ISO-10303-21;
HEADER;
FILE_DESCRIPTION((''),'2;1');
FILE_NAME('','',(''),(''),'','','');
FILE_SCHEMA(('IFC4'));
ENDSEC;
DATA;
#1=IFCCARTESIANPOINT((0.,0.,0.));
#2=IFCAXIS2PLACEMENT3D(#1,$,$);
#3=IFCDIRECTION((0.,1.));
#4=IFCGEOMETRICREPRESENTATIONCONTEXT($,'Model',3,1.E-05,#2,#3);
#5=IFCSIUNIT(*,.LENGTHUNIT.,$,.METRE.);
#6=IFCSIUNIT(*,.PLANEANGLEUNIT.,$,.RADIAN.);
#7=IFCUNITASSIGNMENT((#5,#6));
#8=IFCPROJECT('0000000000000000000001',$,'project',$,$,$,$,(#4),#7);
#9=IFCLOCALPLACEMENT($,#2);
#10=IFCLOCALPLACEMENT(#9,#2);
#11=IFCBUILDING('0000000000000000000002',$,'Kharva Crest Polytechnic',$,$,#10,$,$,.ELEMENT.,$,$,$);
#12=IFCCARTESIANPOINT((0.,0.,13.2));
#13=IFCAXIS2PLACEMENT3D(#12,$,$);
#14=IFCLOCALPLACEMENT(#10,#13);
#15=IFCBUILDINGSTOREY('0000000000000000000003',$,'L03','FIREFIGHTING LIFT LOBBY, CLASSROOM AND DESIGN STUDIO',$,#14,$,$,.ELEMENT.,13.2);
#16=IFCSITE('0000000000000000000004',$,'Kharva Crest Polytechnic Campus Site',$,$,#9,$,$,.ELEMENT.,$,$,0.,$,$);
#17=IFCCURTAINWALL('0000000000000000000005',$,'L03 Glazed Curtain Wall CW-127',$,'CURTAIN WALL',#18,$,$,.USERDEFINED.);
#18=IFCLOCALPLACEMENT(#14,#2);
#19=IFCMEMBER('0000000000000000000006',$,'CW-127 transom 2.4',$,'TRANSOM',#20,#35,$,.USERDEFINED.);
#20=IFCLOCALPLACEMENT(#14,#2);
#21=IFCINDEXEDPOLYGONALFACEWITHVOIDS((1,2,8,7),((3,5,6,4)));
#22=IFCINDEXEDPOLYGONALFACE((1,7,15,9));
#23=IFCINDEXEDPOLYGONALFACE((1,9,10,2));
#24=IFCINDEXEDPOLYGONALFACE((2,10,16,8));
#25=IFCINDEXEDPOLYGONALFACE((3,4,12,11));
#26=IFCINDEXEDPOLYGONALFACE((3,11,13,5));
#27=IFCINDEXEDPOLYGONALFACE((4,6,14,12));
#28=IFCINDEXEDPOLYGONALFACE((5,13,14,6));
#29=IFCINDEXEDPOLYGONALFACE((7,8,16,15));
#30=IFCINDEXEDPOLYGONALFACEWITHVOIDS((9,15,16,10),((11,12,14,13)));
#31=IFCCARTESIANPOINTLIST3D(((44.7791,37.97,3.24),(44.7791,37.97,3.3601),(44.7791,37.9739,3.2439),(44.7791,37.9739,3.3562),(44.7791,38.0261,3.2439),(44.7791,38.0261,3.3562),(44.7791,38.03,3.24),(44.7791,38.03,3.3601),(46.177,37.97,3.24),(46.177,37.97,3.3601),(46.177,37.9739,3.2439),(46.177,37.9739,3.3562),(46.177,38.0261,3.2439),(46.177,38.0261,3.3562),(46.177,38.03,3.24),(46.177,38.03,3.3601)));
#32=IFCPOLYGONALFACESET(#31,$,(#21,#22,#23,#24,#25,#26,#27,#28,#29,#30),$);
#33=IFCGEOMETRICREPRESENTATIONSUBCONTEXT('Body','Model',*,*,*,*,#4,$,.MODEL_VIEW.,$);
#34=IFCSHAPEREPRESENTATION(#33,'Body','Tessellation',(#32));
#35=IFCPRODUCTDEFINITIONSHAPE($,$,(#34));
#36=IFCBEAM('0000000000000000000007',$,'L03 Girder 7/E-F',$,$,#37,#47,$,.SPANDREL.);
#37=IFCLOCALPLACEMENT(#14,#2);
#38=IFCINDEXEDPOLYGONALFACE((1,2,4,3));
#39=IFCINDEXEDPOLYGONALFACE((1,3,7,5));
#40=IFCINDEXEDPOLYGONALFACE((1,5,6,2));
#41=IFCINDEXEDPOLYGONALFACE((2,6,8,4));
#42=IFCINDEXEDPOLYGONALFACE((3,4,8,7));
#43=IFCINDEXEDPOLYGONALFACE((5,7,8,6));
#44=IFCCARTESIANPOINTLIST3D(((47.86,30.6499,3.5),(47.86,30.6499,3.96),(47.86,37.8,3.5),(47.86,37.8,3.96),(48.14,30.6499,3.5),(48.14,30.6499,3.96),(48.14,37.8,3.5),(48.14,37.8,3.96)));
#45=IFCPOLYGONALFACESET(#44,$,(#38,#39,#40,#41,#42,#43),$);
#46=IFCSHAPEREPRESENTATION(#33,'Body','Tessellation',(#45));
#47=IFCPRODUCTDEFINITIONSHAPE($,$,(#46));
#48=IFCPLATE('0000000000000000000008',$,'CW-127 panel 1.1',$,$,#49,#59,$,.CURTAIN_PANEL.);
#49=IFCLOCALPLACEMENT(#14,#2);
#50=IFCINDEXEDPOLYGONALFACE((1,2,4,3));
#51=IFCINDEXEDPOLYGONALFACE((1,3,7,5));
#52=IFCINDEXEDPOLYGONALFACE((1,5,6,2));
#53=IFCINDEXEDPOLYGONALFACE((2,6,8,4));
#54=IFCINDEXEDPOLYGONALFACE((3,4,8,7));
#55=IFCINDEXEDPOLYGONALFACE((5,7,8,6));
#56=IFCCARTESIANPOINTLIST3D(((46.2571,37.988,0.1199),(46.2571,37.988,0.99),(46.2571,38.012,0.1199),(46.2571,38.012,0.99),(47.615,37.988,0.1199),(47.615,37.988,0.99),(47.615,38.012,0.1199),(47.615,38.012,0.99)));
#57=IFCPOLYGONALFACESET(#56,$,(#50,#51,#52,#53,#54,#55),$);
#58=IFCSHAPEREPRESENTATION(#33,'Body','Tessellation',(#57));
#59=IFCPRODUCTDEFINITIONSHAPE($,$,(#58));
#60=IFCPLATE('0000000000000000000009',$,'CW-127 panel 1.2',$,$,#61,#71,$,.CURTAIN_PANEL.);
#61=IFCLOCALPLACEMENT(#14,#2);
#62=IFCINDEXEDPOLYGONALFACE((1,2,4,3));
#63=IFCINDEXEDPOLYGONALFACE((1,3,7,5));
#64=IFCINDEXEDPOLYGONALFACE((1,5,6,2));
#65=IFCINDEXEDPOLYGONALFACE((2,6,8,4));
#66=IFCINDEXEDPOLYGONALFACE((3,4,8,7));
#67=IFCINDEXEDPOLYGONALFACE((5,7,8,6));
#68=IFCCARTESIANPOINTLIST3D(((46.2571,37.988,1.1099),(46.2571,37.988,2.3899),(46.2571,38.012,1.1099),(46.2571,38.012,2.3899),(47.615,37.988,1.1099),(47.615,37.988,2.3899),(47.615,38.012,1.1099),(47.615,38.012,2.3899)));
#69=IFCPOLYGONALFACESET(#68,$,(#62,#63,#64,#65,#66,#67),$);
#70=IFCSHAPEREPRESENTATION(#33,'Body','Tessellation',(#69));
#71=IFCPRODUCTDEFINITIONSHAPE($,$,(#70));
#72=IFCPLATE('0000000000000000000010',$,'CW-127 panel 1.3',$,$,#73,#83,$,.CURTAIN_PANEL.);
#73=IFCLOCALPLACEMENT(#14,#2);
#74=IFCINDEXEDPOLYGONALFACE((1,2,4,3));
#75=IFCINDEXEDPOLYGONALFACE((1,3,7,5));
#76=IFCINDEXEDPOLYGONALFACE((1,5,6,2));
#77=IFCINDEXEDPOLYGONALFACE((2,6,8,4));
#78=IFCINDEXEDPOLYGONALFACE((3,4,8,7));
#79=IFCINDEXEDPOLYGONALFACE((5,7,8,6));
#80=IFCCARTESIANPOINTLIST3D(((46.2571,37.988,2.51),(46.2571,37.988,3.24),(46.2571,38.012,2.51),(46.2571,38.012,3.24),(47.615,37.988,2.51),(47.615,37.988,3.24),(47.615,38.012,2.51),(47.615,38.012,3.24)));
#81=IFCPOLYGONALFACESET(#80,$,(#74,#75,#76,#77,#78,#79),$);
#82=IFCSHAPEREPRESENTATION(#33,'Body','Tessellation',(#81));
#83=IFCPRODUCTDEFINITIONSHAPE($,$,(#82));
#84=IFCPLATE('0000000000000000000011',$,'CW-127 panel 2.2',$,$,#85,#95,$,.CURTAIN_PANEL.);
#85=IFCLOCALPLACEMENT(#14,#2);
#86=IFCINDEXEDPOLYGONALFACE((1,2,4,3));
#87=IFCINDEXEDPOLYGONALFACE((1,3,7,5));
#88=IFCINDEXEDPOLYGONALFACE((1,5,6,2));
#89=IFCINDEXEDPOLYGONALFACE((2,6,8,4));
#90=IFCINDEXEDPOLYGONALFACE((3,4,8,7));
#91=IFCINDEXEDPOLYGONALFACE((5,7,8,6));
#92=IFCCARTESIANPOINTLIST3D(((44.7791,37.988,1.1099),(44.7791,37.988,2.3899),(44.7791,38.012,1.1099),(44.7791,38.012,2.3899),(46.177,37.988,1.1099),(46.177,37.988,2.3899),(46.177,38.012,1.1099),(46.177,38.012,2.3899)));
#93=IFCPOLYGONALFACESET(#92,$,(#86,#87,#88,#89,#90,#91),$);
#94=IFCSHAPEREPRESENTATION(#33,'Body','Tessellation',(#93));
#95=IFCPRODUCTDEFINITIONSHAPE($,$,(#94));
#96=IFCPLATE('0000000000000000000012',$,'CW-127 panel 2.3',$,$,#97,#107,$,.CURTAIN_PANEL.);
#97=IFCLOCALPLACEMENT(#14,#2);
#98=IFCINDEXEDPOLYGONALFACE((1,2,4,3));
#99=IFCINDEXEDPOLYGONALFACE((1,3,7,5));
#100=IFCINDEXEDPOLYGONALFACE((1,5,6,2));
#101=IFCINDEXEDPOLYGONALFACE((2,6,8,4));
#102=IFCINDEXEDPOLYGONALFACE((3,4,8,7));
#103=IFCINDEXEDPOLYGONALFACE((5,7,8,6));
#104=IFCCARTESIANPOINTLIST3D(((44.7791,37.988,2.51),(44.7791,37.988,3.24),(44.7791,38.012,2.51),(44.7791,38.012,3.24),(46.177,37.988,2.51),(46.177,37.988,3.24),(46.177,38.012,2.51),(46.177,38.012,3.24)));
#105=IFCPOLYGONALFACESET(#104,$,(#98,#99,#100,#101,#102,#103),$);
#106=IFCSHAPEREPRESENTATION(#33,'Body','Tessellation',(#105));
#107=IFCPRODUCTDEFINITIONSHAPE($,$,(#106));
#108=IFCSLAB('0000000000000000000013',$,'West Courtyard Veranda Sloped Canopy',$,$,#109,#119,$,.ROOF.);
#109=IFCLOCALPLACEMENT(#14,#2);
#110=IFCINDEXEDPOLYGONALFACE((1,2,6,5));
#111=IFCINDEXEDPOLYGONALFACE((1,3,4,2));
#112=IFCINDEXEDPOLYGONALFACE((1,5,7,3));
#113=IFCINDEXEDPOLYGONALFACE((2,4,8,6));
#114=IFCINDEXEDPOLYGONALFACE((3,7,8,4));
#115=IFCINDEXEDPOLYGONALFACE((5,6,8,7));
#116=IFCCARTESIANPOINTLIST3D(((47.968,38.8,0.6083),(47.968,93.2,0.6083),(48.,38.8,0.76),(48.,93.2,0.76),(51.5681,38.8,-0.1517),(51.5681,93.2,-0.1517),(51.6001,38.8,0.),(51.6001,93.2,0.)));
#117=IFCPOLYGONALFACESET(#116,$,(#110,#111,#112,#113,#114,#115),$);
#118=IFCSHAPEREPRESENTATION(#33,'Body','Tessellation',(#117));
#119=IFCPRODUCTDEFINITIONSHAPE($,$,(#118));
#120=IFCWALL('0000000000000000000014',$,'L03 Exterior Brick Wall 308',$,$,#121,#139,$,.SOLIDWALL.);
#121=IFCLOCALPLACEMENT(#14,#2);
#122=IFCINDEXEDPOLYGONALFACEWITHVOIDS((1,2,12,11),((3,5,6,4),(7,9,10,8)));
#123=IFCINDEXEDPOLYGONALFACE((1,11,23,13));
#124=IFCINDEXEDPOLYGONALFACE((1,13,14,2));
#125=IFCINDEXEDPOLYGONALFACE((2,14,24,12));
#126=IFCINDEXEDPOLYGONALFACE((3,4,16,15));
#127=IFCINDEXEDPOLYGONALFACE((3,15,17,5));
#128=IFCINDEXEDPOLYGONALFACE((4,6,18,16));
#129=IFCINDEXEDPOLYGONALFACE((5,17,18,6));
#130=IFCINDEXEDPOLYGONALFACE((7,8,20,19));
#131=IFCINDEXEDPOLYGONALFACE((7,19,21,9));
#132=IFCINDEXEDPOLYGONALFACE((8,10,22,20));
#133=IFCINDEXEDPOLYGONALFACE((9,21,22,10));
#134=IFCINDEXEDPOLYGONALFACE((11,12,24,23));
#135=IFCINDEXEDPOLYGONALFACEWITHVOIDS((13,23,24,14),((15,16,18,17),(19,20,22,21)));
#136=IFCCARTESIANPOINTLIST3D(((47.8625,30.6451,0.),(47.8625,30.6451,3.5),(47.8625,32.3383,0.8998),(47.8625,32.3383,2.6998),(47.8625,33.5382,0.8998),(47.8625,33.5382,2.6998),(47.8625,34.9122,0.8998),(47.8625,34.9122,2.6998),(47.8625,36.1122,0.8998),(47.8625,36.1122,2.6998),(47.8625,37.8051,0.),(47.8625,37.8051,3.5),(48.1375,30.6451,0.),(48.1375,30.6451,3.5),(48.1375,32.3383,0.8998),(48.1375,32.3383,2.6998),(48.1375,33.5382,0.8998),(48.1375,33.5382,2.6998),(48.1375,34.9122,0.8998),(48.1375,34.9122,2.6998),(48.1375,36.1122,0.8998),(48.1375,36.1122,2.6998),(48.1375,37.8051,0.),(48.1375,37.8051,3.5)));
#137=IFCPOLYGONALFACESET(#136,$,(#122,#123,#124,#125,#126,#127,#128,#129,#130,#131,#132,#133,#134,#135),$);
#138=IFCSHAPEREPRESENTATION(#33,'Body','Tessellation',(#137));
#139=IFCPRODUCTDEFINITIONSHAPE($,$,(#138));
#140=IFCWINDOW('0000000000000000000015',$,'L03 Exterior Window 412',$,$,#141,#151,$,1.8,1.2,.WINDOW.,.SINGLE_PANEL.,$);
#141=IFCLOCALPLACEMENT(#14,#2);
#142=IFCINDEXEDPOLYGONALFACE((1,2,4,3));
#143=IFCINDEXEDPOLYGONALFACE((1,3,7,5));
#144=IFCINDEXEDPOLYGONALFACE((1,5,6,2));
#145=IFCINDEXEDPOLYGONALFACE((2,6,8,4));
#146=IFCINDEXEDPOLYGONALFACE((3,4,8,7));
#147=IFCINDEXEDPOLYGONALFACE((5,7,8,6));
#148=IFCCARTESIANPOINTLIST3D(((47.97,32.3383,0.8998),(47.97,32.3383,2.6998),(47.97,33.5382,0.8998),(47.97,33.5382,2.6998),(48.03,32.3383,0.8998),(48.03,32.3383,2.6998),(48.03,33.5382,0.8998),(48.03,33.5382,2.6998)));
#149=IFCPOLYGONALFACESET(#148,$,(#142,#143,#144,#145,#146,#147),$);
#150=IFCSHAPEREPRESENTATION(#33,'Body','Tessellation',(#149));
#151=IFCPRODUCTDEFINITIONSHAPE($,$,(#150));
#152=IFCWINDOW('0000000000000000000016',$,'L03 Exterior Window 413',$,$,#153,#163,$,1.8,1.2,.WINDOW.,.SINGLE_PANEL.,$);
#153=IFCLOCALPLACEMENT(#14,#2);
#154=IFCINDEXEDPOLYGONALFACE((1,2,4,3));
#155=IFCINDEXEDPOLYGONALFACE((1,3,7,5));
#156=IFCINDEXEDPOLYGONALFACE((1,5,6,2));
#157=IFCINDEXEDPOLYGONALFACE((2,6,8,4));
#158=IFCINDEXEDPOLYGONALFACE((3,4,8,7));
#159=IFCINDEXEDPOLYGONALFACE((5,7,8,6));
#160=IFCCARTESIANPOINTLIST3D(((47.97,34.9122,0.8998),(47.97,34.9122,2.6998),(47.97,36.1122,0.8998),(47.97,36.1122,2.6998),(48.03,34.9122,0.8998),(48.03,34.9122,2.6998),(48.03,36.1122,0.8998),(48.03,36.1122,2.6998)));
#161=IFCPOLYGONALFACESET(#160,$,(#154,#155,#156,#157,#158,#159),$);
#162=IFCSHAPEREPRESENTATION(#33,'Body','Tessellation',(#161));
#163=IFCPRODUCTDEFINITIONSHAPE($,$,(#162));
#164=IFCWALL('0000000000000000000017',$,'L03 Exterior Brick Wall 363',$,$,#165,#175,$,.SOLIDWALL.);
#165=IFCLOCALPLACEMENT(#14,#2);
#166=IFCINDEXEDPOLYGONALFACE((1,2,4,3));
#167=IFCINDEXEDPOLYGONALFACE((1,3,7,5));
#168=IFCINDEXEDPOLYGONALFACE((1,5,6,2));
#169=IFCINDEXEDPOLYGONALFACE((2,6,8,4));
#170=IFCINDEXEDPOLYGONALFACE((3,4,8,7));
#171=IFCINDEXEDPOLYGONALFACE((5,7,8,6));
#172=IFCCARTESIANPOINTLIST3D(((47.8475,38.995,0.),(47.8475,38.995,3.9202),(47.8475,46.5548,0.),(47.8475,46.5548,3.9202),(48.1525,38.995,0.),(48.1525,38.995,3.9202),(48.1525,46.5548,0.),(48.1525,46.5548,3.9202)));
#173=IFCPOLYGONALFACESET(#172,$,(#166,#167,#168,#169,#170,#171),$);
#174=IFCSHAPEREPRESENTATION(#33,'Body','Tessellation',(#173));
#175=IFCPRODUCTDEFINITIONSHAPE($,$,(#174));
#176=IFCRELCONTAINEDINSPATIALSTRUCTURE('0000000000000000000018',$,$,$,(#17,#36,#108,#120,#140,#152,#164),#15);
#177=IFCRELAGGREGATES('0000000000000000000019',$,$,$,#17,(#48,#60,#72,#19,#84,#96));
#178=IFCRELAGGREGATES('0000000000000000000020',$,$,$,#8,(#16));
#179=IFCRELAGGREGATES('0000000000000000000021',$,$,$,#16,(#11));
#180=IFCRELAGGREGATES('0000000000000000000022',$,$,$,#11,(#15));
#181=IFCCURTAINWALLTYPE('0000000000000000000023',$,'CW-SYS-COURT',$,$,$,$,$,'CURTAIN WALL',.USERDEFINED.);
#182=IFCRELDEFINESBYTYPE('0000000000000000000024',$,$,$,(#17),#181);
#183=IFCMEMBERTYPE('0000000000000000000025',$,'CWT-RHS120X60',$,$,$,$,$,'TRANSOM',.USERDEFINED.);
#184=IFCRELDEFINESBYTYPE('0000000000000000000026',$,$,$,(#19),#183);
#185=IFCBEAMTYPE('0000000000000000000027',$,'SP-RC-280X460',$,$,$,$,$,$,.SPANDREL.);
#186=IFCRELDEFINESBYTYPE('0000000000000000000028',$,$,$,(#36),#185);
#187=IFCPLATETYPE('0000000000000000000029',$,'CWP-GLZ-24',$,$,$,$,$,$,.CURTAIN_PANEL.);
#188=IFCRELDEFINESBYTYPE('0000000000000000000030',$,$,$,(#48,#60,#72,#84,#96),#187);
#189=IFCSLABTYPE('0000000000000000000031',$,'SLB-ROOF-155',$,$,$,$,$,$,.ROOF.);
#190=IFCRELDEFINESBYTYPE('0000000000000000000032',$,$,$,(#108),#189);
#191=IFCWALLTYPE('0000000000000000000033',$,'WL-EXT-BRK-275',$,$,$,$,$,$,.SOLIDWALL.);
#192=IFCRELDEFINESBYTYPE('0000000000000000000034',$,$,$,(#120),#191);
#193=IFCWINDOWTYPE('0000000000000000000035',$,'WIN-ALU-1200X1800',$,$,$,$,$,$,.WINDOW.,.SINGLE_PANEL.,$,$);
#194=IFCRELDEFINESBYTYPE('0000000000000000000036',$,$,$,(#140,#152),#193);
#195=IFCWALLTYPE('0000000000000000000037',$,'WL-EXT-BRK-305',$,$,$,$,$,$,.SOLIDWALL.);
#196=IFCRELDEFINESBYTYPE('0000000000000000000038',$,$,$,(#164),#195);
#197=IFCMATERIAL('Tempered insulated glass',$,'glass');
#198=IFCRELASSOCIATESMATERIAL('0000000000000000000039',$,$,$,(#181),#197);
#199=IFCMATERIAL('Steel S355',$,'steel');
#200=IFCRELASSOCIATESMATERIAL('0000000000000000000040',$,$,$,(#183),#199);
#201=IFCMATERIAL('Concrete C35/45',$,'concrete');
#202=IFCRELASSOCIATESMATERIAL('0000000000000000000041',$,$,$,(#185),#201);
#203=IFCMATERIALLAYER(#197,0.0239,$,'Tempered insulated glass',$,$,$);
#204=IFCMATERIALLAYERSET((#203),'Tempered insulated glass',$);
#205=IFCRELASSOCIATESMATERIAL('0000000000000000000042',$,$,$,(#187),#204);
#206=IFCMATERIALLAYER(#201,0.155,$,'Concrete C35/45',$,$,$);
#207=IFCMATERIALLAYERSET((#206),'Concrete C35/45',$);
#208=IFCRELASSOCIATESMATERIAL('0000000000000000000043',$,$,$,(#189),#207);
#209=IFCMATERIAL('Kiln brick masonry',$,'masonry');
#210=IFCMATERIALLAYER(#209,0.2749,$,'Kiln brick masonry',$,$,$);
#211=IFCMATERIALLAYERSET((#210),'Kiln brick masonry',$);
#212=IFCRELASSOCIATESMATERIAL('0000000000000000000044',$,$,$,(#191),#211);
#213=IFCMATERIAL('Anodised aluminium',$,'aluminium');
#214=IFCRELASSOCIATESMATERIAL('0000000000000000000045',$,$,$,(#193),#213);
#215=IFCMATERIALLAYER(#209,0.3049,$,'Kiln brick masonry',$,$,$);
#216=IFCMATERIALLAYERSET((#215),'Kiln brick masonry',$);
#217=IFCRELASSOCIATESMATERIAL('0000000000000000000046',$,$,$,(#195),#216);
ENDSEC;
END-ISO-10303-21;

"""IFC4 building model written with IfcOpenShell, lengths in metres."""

from ifc_helpers import new_model, si_unit, direction, frame, frame_2d, origin, origin_2d, place, context, subcontext, project, spatial, polyline, rectangle, hollow_rectangle, outline, extrude, material, layer, layer_set, material_profile, profile_set, type_object, element, fill, aggregate, save


model = new_model("IFC4")

# Units and contexts
model_context = context("Model", 3, precision=1e-05, world=origin(), true_north=direction((0.0, 1.0)))
body_context = subcontext(model_context, "Body", "Model", "MODEL_VIEW")
ifc_project = project(units=[si_unit("LENGTHUNIT", "METRE"), si_unit("PLANEANGLEUNIT", "RADIAN")], contexts=[model_context])

# Site, building, storey
site_placement = place(None, origin())
site = spatial("IfcSite", under=ifc_project, at=site_placement, Name="Kharva Crest Polytechnic Campus Site", CompositionType="ELEMENT", RefElevation=0.0)
building_placement = place(site_placement, origin())
building = spatial("IfcBuilding", under=site, at=building_placement, Name="Kharva Crest Polytechnic", CompositionType="ELEMENT")
storey_placement = place(building_placement, frame((0.0, 0.0, 13.2)))
storey = spatial("IfcBuildingStorey", under=building, at=storey_placement, Name="L03", Description="FIREFIGHTING LIFT LOBBY, CLASSROOM AND DESIGN STUDIO", CompositionType="ELEMENT", Elevation=13.2)

# Curtain wall, member
ifc_material_1 = material(Name="Tempered insulated glass", Category="glass")
curtain_wall_type = type_object("IfcCurtainWallType", Name="CW-SYS-COURT", ElementType="CURTAIN WALL", PredefinedType="USERDEFINED", material=ifc_material_1)
curtain_wall_placement = place(storey_placement, origin())
curtain_wall = element("IfcCurtainWall", 1, at=curtain_wall_placement, inside=storey, type_object=curtain_wall_type, Name="L03 Glazed Curtain Wall CW-127", ObjectType="CURTAIN WALL", PredefinedType="USERDEFINED")
ifc_material_2 = material(Name="Steel S355", Category="steel")
ifc_material_profile_1 = material_profile(ifc_material_2, hollow_rectangle(XDim=0.0601, YDim=0.1201, WallThickness=0.0039, at=origin_2d()), Name="RHS 120X60X4.0")
ifc_profile_set_1 = profile_set([ifc_material_profile_1], Name="Steel S355")
member_type_1 = type_object("IfcMemberType", Name="CWT-RHS120X60", ElementType="TRANSOM", PredefinedType="USERDEFINED", material=ifc_profile_set_1)
member_1_placement = place(storey_placement, frame((46.177, 38.0, 3.3), z_axis=(-1.0, 0.0, 0.0), x_axis=(0.0, -1.0, 0.0)))
member_1 = element("IfcMember", 2, at=member_1_placement, type_object=member_type_1, Name="CW-127 transom 2.4", ObjectType="TRANSOM", PredefinedType="USERDEFINED", context=body_context, shape_type="SweptSolid", body=[
    extrude(hollow_rectangle(XDim=0.0601, YDim=0.1201, WallThickness=0.0039, at=origin_2d()), origin(), (0.0, 0.0, 1.0), 1.3979),
])

# Beam
ifc_material_3 = material(Name="Concrete C35/45", Category="concrete")
ifc_material_profile_2 = material_profile(ifc_material_3, rectangle(XDim=0.28, YDim=0.46, at=origin_2d()), Name="RECT 280 X 460")
ifc_profile_set_2 = profile_set([ifc_material_profile_2], Name="Concrete C35/45")
beam_type = type_object("IfcBeamType", Name="SP-RC-280X460", PredefinedType="SPANDREL", material=ifc_profile_set_2)
beam_placement = place(storey_placement, frame((48.0, 30.6499, 3.73), z_axis=(0.0, 1.0, 0.0), x_axis=(-1.0, 0.0, 0.0)))
element("IfcBeam", 3, at=beam_placement, inside=storey, type_object=beam_type, Name="L03 Girder 7/E-F", PredefinedType="SPANDREL", context=body_context, shape_type="SweptSolid", body=[
    extrude(rectangle(XDim=0.28, YDim=0.46, at=origin_2d()), origin(), (0.0, 0.0, 1.0), 7.1501),
])

# Plates
ifc_layer_1 = layer(ifc_material_1, 0.0239, Name="Tempered insulated glass")
ifc_layer_set_1 = layer_set([ifc_layer_1], Name="Tempered insulated glass")
plate_type = type_object("IfcPlateType", Name="CWP-GLZ-24", PredefinedType="CURTAIN_PANEL", material=ifc_layer_set_1)
plate_1_placement = place(storey_placement, frame((46.936, 38.0, 0.1199), z_axis=(0.0, 0.0, 1.0), x_axis=(-1.0, 0.0, 0.0)))
plate_1 = element("IfcPlate", 4, at=plate_1_placement, type_object=plate_type, Name="CW-127 panel 1.1", PredefinedType="CURTAIN_PANEL", context=body_context, shape_type="SweptSolid", body=[
    extrude(rectangle(XDim=1.3579, YDim=0.0239, at=origin_2d()), origin(), (0.0, 0.0, 1.0), 0.8701),
])
plate_2_placement = place(storey_placement, frame((46.936, 38.0, 1.1099), z_axis=(0.0, 0.0, 1.0), x_axis=(-1.0, 0.0, 0.0)))
plate_2 = element("IfcPlate", 5, at=plate_2_placement, type_object=plate_type, Name="CW-127 panel 1.2", PredefinedType="CURTAIN_PANEL", context=body_context, shape_type="SweptSolid", body=[
    extrude(rectangle(XDim=1.3579, YDim=0.0239, at=origin_2d()), origin(), (0.0, 0.0, 1.0), 1.28),
])
plate_3_placement = place(storey_placement, frame((46.936, 38.0, 2.51), z_axis=(0.0, 0.0, 1.0), x_axis=(-1.0, 0.0, 0.0)))
plate_3 = element("IfcPlate", 6, at=plate_3_placement, type_object=plate_type, Name="CW-127 panel 1.3", PredefinedType="CURTAIN_PANEL", context=body_context, shape_type="SweptSolid", body=[
    extrude(rectangle(XDim=1.3579, YDim=0.0239, at=origin_2d()), origin(), (0.0, 0.0, 1.0), 0.73),
])
plate_4_placement = place(storey_placement, frame((45.478, 38.0, 1.1099), z_axis=(0.0, 0.0, 1.0), x_axis=(-1.0, 0.0, 0.0)))
plate_4 = element("IfcPlate", 7, at=plate_4_placement, type_object=plate_type, Name="CW-127 panel 2.2", PredefinedType="CURTAIN_PANEL", context=body_context, shape_type="SweptSolid", body=[
    extrude(rectangle(XDim=1.3979, YDim=0.0239, at=origin_2d()), origin(), (0.0, 0.0, 1.0), 1.28),
])
plate_5_placement = place(storey_placement, frame((45.478, 38.0, 2.51), z_axis=(0.0, 0.0, 1.0), x_axis=(-1.0, 0.0, 0.0)))
plate_5 = element("IfcPlate", 8, at=plate_5_placement, type_object=plate_type, Name="CW-127 panel 2.3", PredefinedType="CURTAIN_PANEL", context=body_context, shape_type="SweptSolid", body=[
    extrude(rectangle(XDim=1.3979, YDim=0.0239, at=origin_2d()), origin(), (0.0, 0.0, 1.0), 0.73),
])
aggregate(curtain_wall, [plate_1, plate_2, plate_3, member_1, plate_4, plate_5])

# Slab
ifc_layer_2 = layer(ifc_material_3, 0.155, Name="Concrete C35/45")
ifc_layer_set_2 = layer_set([ifc_layer_2], Name="Concrete C35/45")
slab_type = type_object("IfcSlabType", Name="SLB-ROOF-155", PredefinedType="ROOF", material=ifc_layer_set_2)
slab_placement = place(storey_placement, frame((48.0, 38.8, 0.76), z_axis=(0.206556, 0.0, 0.978435), x_axis=(0.978435, 0.0, -0.206556)))
element("IfcSlab", 9, at=slab_placement, inside=storey, type_object=slab_type, Name="West Courtyard Veranda Sloped Canopy", PredefinedType="ROOF", context=body_context, shape_type="SweptSolid", body=[
    extrude(outline(polyline([(0.0, 0.0), (3.6794, 0.0), (3.6794, 54.3999), (0.0, 54.3999), (0.0, 0.0)])), origin(), (0.0, 0.0, -1.0), 0.155),
])

# Wall, openings, windows
ifc_material_4 = material(Name="Kiln brick masonry", Category="masonry")
ifc_layer_3 = layer(ifc_material_4, 0.2749, Name="Kiln brick masonry")
ifc_layer_set_3 = layer_set([ifc_layer_3], Name="Kiln brick masonry")
wall_type_1 = type_object("IfcWallType", Name="WL-EXT-BRK-275", PredefinedType="SOLIDWALL", material=ifc_layer_set_3)
wall_1_placement = place(storey_placement, frame((48.0, 30.645, 0.0), z_axis=(0.0, 0.0, 1.0), x_axis=(0.0, 1.0, 0.0)))
wall_1 = element("IfcWall", 10, at=wall_1_placement, inside=storey, type_object=wall_type_1, Name="L03 Exterior Brick Wall 308", PredefinedType="SOLIDWALL", context=body_context, shape_type="SweptSolid", body=[
    extrude(rectangle(XDim=7.1599, YDim=0.2749, at=frame_2d((3.5801, 0.0))), origin(), (0.0, 0.0, 1.0), 3.5),
])
opening_1_placement = place(wall_1_placement, frame((1.6931, 0.0, 0.8999)))
opening_1 = element("IfcOpeningElement", 11, at=opening_1_placement, cuts=wall_1, PredefinedType="OPENING", context=body_context, shape_type="SweptSolid", body=[
    extrude(rectangle(XDim=1.2, YDim=1.8, at=frame_2d((0.6001, 0.8999))), frame((0.0, 0.1475, 0.0), z_axis=(0.0, -1.0, 0.0), x_axis=(1.0, 0.0, 0.0)), (0.0, 0.0, 1.0), 0.2949),
])
opening_2_placement = place(wall_1_placement, frame((4.2671, 0.0, 0.8999)))
opening_2 = element("IfcOpeningElement", 12, at=opening_2_placement, cuts=wall_1, PredefinedType="OPENING", context=body_context, shape_type="SweptSolid", body=[
    extrude(rectangle(XDim=1.2, YDim=1.8, at=frame_2d((0.6001, 0.8999))), frame((0.0, 0.1475, 0.0), z_axis=(0.0, -1.0, 0.0), x_axis=(1.0, 0.0, 0.0)), (0.0, 0.0, 1.0), 0.2949),
])
ifc_material_5 = material(Name="Anodised aluminium", Category="aluminium")
window_type = type_object("IfcWindowType", Name="WIN-ALU-1200X1800", PartitioningType="SINGLE_PANEL", PredefinedType="WINDOW", material=ifc_material_5)
window_1_placement = place(opening_1_placement, origin())
window_1 = element("IfcWindow", 13, at=window_1_placement, inside=storey, type_object=window_type, Name="L03 Exterior Window 412", OverallHeight=1.8, OverallWidth=1.2, PartitioningType="SINGLE_PANEL", PredefinedType="WINDOW", context=body_context, shape_type="SweptSolid", body=[
    extrude(rectangle(XDim=1.2, YDim=1.8, at=frame_2d((0.6001, 0.8999))), frame((0.0, 0.03, 0.0), z_axis=(0.0, -1.0, 0.0), x_axis=(1.0, 0.0, 0.0)), (0.0, 0.0, 1.0), 0.0601),
])
fill(opening_1, window_1)
window_2_placement = place(opening_2_placement, origin())
window_2 = element("IfcWindow", 14, at=window_2_placement, inside=storey, type_object=window_type, Name="L03 Exterior Window 413", OverallHeight=1.8, OverallWidth=1.2, PartitioningType="SINGLE_PANEL", PredefinedType="WINDOW", context=body_context, shape_type="SweptSolid", body=[
    extrude(rectangle(XDim=1.2, YDim=1.8, at=frame_2d((0.6001, 0.8999))), frame((0.0, 0.03, 0.0), z_axis=(0.0, -1.0, 0.0), x_axis=(1.0, 0.0, 0.0)), (0.0, 0.0, 1.0), 0.0601),
])
fill(opening_2, window_2)

# Wall
ifc_layer_4 = layer(ifc_material_4, 0.3049, Name="Kiln brick masonry")
ifc_layer_set_4 = layer_set([ifc_layer_4], Name="Kiln brick masonry")
wall_type_2 = type_object("IfcWallType", Name="WL-EXT-BRK-305", PredefinedType="SOLIDWALL", material=ifc_layer_set_4)
wall_2_placement = place(storey_placement, frame((48.0, 38.9951, 0.0), z_axis=(0.0, 0.0, 1.0), x_axis=(0.0, 1.0, 0.0)))
element("IfcWall", 15, at=wall_2_placement, inside=storey, type_object=wall_type_2, Name="L03 Exterior Brick Wall 363", PredefinedType="SOLIDWALL", context=body_context, shape_type="SweptSolid", body=[
    extrude(rectangle(XDim=7.5598, YDim=0.3049, at=frame_2d((3.7798, 0.0))), origin(), (0.0, 0.0, 1.0), 3.9202),
])

save(model, "model.ifc")
